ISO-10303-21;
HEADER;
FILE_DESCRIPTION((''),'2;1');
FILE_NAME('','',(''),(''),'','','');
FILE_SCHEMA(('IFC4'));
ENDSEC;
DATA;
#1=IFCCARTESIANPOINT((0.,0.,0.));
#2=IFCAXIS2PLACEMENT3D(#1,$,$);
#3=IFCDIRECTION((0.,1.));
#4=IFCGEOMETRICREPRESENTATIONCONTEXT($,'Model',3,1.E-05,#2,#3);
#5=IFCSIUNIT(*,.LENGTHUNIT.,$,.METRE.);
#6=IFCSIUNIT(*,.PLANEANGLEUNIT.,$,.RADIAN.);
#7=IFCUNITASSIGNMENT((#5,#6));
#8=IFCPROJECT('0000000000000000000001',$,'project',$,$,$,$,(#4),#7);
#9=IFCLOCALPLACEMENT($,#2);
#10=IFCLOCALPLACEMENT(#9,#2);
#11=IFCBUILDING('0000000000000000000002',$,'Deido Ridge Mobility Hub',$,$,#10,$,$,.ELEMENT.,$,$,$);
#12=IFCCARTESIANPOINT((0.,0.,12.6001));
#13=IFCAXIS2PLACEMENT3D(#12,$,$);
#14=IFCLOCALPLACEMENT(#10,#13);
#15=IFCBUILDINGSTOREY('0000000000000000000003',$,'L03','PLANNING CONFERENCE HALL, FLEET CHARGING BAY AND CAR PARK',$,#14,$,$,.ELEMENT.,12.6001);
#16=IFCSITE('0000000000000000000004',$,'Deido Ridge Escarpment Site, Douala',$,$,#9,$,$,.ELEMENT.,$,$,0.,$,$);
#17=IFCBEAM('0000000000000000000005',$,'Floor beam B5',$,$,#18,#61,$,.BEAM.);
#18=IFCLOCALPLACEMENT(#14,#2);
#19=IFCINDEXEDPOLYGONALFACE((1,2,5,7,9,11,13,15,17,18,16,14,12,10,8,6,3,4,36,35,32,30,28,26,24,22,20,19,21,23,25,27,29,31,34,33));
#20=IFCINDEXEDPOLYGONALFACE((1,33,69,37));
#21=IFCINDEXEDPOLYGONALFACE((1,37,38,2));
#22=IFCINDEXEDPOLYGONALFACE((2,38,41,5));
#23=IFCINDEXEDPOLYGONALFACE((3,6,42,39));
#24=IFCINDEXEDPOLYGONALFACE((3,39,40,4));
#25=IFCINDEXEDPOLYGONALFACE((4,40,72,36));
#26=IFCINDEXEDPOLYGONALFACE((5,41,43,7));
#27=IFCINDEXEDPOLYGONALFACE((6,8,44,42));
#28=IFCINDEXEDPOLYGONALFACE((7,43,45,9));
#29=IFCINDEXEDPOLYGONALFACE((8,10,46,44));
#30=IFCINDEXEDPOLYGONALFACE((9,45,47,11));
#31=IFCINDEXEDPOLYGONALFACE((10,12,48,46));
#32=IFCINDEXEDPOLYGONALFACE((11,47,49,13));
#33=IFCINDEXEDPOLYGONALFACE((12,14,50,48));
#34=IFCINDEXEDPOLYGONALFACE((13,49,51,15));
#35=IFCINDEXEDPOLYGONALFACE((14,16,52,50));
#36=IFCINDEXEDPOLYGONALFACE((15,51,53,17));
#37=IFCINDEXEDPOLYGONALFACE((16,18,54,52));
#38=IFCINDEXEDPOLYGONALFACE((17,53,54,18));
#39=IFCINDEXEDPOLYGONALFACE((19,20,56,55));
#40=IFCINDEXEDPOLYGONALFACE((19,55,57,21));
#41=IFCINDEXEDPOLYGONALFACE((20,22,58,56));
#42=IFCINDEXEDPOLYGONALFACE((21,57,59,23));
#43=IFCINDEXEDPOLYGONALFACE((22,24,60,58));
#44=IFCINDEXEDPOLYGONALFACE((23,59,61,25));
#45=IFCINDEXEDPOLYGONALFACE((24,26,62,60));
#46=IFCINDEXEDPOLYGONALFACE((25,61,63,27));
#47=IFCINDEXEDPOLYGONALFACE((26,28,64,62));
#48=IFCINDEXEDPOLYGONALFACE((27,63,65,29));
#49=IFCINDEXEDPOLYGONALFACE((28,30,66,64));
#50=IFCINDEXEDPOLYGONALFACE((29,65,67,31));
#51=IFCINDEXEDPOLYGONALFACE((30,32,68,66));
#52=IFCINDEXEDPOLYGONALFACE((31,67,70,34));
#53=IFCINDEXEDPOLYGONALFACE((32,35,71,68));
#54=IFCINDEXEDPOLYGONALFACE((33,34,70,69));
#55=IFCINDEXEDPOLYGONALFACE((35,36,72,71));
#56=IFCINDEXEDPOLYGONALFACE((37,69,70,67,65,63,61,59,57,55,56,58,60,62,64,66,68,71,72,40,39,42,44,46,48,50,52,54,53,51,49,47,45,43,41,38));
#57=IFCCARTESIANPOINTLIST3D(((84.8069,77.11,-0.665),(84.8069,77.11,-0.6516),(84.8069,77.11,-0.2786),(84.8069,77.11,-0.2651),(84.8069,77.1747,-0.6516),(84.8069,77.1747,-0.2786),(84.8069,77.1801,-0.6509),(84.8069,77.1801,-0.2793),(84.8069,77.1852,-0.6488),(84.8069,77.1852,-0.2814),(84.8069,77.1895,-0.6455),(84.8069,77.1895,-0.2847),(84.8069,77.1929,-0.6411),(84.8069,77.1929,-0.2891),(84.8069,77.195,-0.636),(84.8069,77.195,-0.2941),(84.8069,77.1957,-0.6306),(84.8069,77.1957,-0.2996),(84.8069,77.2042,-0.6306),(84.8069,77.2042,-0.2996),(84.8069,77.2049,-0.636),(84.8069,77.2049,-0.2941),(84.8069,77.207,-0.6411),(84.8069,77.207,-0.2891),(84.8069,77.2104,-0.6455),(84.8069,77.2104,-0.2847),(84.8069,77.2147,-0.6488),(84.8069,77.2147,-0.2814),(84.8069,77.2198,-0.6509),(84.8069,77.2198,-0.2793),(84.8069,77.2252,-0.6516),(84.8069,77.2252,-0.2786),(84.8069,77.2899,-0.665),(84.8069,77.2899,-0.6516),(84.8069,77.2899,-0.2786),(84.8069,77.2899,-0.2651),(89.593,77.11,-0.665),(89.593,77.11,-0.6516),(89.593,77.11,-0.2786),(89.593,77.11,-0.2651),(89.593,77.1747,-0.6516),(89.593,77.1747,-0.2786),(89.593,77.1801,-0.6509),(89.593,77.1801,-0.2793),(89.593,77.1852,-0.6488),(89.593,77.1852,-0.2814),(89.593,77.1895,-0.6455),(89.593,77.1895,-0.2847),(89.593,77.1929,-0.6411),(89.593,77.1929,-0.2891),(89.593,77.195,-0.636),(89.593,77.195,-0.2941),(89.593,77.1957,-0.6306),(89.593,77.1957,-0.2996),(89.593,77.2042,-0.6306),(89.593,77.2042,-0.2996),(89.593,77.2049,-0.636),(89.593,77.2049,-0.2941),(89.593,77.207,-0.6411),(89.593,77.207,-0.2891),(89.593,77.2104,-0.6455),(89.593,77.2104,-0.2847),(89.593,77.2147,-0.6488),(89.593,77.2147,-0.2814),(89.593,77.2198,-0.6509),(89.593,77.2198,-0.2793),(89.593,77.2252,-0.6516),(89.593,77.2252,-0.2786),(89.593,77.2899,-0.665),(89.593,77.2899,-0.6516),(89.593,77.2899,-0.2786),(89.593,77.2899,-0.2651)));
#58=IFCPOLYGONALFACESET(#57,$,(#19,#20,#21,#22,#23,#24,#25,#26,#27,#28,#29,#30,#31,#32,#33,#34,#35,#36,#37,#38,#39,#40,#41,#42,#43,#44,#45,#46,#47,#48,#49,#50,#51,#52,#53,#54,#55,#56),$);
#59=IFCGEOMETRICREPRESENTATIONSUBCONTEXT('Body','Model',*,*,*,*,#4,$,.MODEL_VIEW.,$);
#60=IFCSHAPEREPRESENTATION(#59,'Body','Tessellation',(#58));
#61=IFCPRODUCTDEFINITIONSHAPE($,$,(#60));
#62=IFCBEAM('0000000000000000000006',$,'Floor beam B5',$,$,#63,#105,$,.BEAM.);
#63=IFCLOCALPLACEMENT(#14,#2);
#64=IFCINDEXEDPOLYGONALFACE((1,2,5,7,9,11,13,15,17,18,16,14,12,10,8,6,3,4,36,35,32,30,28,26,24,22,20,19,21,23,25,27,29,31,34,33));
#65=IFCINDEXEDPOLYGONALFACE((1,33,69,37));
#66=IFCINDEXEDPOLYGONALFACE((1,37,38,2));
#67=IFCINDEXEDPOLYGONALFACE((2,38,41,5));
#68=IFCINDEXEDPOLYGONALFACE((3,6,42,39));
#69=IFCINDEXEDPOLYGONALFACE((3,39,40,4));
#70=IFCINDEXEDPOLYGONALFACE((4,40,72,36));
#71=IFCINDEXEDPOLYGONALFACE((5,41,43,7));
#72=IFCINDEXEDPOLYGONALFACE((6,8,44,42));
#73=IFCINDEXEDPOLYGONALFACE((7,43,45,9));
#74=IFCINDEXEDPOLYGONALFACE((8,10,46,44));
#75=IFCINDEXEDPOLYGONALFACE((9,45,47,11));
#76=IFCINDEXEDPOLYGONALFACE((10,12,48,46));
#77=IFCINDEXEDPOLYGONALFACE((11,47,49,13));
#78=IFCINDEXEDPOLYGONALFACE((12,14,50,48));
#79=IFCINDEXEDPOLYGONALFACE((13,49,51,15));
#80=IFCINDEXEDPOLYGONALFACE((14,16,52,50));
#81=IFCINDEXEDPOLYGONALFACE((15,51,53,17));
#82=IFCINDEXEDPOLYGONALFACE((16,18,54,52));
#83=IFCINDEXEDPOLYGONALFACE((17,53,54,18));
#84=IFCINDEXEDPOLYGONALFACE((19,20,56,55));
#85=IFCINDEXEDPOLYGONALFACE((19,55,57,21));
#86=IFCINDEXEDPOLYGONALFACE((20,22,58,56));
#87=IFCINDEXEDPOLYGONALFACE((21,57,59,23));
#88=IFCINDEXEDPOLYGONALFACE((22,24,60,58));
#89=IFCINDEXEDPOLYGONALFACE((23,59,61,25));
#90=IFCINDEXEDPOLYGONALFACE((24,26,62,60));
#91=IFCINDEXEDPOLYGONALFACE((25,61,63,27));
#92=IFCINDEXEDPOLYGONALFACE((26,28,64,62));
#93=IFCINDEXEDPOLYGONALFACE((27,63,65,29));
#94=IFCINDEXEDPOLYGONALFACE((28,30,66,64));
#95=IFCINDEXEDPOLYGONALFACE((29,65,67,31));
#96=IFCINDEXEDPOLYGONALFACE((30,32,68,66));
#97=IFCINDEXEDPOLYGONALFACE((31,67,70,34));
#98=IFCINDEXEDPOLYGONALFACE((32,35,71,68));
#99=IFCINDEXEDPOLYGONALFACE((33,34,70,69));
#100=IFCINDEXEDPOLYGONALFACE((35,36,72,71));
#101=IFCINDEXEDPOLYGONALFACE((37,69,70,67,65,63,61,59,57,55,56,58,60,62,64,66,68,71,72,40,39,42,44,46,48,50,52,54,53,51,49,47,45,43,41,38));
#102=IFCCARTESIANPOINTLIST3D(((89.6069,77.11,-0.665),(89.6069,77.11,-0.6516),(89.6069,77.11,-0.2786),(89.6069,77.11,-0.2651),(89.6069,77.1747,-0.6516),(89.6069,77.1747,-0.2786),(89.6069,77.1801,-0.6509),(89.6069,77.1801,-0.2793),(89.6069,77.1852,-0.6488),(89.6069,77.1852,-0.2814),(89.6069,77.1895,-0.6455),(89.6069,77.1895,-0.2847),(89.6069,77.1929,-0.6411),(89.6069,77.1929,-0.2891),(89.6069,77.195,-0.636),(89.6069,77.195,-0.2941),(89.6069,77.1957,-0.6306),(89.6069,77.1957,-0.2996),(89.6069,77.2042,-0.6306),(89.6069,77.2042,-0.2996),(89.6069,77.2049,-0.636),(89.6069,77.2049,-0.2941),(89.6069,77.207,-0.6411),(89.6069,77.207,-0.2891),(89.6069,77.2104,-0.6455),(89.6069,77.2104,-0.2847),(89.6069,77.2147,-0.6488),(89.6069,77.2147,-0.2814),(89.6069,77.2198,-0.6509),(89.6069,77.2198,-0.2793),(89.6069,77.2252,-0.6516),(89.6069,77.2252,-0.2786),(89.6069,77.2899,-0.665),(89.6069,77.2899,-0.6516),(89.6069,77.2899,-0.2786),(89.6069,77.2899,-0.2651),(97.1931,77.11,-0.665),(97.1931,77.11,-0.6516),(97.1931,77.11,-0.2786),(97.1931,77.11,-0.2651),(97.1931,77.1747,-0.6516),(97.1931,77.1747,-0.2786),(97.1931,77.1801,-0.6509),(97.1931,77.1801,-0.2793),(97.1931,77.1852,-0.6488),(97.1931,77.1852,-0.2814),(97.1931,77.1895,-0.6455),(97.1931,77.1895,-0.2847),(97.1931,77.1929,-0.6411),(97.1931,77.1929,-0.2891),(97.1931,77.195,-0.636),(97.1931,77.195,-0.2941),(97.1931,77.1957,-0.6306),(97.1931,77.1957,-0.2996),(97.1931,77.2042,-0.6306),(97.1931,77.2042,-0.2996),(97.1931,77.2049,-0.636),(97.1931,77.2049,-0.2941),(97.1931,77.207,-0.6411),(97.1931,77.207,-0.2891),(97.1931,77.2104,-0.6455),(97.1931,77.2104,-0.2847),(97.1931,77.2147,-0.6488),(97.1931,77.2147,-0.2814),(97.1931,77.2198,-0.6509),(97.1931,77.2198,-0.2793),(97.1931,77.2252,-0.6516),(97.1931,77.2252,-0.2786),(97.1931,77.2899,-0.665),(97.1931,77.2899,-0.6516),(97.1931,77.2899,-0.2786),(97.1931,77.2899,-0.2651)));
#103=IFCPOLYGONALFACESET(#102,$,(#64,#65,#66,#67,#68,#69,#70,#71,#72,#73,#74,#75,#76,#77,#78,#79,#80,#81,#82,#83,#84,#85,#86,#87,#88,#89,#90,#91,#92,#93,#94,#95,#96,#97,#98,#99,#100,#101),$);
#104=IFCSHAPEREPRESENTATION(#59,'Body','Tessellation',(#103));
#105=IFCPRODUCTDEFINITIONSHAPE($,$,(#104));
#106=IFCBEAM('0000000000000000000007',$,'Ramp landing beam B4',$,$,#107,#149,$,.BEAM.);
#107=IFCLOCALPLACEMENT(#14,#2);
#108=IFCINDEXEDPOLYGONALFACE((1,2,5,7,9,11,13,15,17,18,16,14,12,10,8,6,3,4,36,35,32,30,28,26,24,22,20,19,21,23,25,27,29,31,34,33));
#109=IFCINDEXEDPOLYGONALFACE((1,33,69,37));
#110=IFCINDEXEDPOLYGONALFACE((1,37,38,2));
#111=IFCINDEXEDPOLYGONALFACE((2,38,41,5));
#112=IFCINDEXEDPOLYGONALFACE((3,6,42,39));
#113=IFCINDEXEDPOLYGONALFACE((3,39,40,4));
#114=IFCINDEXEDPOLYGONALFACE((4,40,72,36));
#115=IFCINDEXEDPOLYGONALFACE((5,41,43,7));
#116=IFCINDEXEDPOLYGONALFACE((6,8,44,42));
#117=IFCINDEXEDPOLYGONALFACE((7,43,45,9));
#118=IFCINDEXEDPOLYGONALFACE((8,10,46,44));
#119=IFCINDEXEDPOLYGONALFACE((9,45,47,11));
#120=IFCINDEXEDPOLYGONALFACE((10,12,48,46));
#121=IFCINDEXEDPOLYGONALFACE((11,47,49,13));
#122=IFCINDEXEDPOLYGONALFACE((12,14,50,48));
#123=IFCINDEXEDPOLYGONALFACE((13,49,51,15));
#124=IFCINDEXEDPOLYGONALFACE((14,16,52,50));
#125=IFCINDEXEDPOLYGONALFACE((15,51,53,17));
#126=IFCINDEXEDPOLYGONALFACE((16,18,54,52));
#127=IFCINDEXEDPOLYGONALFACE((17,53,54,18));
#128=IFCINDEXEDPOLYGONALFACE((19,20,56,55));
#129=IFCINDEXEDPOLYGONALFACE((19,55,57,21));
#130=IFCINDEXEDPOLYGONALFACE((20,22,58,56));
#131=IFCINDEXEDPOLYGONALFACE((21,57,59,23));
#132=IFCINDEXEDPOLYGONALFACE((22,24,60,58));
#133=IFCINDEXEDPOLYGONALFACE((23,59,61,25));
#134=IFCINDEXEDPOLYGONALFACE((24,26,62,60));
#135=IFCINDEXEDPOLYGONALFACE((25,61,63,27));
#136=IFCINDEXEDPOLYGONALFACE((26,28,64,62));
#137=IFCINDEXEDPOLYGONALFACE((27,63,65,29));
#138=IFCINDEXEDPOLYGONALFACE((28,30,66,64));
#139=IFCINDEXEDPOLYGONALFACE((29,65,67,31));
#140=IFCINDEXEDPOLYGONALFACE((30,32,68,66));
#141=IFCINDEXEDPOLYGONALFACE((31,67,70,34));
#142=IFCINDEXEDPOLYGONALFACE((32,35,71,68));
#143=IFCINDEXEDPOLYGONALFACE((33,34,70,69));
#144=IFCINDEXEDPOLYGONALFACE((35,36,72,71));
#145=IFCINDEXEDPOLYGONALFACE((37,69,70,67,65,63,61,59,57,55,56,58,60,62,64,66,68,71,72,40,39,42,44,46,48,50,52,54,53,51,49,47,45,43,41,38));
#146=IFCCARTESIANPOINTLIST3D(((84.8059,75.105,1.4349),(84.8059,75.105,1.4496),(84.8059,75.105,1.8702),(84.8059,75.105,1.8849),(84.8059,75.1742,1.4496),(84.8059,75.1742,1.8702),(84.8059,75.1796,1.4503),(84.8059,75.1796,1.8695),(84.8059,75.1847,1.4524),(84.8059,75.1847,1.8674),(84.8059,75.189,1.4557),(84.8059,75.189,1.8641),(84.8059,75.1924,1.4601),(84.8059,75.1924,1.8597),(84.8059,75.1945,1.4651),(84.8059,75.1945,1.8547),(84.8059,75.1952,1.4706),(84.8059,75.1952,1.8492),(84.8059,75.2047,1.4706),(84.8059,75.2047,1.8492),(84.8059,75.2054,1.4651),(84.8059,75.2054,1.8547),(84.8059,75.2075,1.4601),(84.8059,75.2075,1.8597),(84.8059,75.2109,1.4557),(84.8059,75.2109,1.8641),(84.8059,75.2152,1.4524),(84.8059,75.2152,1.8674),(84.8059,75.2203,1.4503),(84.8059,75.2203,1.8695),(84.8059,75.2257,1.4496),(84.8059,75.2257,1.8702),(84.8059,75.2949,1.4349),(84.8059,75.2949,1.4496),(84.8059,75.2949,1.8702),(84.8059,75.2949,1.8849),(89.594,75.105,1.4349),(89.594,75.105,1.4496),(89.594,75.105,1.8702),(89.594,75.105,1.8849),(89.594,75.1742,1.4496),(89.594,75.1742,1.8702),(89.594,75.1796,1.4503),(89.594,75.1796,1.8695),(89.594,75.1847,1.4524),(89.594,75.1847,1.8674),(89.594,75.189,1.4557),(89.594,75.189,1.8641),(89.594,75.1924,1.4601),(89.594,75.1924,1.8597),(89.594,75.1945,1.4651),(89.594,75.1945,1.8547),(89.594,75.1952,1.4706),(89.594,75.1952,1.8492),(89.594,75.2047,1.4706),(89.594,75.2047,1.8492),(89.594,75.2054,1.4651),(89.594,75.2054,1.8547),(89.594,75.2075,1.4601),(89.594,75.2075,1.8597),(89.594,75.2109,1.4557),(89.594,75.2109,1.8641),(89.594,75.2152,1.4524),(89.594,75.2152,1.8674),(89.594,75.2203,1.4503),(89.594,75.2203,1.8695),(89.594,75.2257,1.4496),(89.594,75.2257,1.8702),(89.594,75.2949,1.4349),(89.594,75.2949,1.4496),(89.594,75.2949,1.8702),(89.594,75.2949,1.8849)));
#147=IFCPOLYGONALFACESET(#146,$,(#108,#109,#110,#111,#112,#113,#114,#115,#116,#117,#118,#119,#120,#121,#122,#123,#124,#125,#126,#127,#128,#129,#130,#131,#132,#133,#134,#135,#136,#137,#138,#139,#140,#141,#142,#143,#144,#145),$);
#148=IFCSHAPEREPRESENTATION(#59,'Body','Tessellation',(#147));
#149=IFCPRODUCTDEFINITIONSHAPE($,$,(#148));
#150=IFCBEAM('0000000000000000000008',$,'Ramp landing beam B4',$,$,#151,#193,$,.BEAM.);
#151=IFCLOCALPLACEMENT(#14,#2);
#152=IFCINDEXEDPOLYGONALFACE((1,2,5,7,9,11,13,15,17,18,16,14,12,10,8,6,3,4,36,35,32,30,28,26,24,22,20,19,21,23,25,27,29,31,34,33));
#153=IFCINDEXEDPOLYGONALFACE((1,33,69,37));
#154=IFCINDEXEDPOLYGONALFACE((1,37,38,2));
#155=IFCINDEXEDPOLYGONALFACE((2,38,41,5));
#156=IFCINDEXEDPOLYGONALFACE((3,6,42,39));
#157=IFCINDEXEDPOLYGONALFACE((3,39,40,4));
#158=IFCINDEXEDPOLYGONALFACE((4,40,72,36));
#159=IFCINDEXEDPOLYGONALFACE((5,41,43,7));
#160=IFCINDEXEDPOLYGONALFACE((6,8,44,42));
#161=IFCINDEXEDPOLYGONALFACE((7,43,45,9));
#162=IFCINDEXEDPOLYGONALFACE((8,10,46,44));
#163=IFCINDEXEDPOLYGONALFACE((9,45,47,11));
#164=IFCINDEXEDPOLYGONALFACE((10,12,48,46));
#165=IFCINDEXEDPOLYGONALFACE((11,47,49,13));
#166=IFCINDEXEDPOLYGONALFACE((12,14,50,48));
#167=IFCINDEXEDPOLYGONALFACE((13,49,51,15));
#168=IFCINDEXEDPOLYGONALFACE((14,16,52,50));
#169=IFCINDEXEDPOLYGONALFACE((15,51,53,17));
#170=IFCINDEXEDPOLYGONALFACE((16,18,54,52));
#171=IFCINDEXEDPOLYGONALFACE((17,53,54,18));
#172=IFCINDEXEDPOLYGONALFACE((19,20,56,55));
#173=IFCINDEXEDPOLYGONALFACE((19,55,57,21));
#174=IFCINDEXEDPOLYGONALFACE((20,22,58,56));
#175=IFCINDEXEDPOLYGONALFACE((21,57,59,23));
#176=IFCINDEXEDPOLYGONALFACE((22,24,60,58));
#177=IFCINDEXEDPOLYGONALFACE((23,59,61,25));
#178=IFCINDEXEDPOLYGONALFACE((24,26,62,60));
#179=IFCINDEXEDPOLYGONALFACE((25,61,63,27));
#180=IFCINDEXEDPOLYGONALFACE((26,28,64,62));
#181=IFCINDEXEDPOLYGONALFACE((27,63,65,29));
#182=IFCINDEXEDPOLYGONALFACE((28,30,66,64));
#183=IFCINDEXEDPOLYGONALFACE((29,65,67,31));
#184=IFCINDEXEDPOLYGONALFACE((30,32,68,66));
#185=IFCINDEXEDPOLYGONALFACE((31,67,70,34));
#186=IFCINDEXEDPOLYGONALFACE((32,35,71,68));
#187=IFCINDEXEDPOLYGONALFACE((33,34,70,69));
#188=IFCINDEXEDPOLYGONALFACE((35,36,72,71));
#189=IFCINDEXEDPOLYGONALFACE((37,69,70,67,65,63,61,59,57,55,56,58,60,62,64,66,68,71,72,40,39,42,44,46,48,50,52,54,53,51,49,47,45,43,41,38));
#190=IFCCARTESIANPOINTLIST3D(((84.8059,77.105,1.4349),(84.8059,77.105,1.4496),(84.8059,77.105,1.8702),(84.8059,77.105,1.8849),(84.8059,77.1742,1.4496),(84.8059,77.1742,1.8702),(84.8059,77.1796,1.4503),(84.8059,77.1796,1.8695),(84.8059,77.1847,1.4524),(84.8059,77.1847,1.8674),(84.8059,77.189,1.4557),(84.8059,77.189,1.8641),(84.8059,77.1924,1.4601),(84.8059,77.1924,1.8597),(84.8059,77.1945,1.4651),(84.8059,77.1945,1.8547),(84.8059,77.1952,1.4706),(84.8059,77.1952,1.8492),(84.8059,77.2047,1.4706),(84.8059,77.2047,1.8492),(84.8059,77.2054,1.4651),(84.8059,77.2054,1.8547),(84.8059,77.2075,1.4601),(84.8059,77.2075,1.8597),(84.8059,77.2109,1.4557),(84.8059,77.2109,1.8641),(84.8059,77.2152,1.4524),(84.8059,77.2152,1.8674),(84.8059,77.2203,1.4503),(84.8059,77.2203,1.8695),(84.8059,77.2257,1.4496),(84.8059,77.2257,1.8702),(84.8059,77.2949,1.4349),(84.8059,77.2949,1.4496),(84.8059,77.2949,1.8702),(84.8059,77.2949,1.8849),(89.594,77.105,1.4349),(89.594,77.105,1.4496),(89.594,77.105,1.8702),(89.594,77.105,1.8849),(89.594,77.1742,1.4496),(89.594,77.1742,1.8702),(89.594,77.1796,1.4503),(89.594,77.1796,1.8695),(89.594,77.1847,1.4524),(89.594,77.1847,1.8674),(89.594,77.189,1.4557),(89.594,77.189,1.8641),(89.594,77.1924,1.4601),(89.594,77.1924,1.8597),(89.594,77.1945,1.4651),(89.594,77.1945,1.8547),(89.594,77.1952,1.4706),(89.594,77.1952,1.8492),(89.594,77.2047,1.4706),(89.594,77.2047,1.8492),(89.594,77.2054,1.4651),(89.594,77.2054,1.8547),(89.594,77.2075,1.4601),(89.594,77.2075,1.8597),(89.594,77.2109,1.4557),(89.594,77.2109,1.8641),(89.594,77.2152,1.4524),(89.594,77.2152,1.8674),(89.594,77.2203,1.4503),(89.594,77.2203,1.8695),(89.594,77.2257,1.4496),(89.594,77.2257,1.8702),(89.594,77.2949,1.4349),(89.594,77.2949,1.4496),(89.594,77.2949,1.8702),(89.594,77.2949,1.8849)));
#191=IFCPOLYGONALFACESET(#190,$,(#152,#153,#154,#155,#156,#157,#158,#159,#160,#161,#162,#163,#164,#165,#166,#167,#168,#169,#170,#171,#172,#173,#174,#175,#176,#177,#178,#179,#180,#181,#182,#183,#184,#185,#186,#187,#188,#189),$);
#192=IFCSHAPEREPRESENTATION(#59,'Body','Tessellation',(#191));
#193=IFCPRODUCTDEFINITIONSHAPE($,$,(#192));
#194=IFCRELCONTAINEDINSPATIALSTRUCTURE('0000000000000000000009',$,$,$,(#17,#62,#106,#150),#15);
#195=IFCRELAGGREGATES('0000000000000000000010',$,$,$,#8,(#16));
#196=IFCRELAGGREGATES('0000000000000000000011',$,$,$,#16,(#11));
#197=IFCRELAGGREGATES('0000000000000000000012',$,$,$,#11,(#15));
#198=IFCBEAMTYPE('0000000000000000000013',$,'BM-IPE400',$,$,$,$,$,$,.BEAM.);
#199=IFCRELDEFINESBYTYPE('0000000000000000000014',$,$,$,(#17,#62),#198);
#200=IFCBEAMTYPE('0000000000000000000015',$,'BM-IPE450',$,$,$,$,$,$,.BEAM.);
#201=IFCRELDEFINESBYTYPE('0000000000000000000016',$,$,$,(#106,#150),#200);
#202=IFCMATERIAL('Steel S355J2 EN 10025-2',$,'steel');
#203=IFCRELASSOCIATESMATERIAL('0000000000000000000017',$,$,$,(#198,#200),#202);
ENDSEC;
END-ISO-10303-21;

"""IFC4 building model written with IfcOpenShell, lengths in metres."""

from ifc_helpers import new_model, si_unit, direction, frame, origin, origin_2d, place, context, subcontext, project, spatial, i_section, extrude, material, material_profile, profile_set, type_object, element, save


model = new_model("IFC4")

# Units and contexts
model_context = context("Model", 3, precision=1e-05, world=origin(), true_north=direction((0.0, 1.0)))
body_context = subcontext(model_context, "Body", "Model", "MODEL_VIEW")
ifc_project = project(units=[si_unit("LENGTHUNIT", "METRE"), si_unit("PLANEANGLEUNIT", "RADIAN")], contexts=[model_context])

# Site, building, storey
site_placement = place(None, origin())
site = spatial("IfcSite", under=ifc_project, at=site_placement, Name="Deido Ridge Escarpment Site, Douala", CompositionType="ELEMENT", RefElevation=0.0)
building_placement = place(site_placement, origin())
building = spatial("IfcBuilding", under=site, at=building_placement, Name="Deido Ridge Mobility Hub", CompositionType="ELEMENT")
storey_placement = place(building_placement, frame((0.0, 0.0, 12.6001)))
storey = spatial("IfcBuildingStorey", under=building, at=storey_placement, Name="L03", Description="PLANNING CONFERENCE HALL, FLEET CHARGING BAY AND CAR PARK", CompositionType="ELEMENT", Elevation=12.6001)

# Shared definitions
ifc_material_1 = material(Name="Steel S355J2 EN 10025-2", Category="steel")

# Beams
ifc_material_profile_1 = material_profile(ifc_material_1, i_section(OverallWidth=0.1799, OverallDepth=0.3999, WebThickness=0.0085, FlangeThickness=0.0134, FilletRadius=0.021, at=origin_2d()), Name="IPE 400")
ifc_profile_set_1 = profile_set([ifc_material_profile_1], Name="Steel S355J2 EN 10025-2")
beam_type_1 = type_object("IfcBeamType", Name="BM-IPE400", PredefinedType="BEAM", material=ifc_profile_set_1)
beam_1_placement = place(storey_placement, frame((84.8069, 77.2, -0.4651), z_axis=(1.0, 0.0, 0.0), x_axis=(0.0, 1.0, 0.0)))
element("IfcBeam", 1, at=beam_1_placement, inside=storey, type_object=beam_type_1, Name="Floor beam B5", PredefinedType="BEAM", context=body_context, shape_type="SweptSolid", body=[
    extrude(i_section(OverallWidth=0.1799, OverallDepth=0.3999, WebThickness=0.0085, FlangeThickness=0.0134, FilletRadius=0.021, at=origin_2d()), origin(), (0.0, 0.0, 1.0), 4.7861),
])
beam_2_placement = place(storey_placement, frame((89.6069, 77.2, -0.4651), z_axis=(1.0, 0.0, 0.0), x_axis=(0.0, 1.0, 0.0)))
element("IfcBeam", 2, at=beam_2_placement, inside=storey, type_object=beam_type_1, Name="Floor beam B5", PredefinedType="BEAM", context=body_context, shape_type="SweptSolid", body=[
    extrude(i_section(OverallWidth=0.1799, OverallDepth=0.3999, WebThickness=0.0085, FlangeThickness=0.0134, FilletRadius=0.021, at=origin_2d()), origin(), (0.0, 0.0, 1.0), 7.5862),
])
ifc_material_profile_2 = material_profile(ifc_material_1, i_section(OverallWidth=0.1899, OverallDepth=0.45, WebThickness=0.0095, FlangeThickness=0.0146, FilletRadius=0.021, at=origin_2d()), Name="IPE 450")
ifc_profile_set_2 = profile_set([ifc_material_profile_2], Name="Steel S355J2 EN 10025-2")
beam_type_2 = type_object("IfcBeamType", Name="BM-IPE450", PredefinedType="BEAM", material=ifc_profile_set_2)
for number, where, z_axis, x_axis, name in (
    (3, (84.8059, 75.2, 1.6599), (1.0, 0.0, 0.0), (0.0, 1.0, 0.0), "Ramp landing beam B4"),
    (4, (84.8059, 77.2, 1.6599), (1.0, 0.0, 0.0), (0.0, 1.0, 0.0), "Ramp landing beam B4"),
):
    element("IfcBeam", number, at=place(storey_placement, frame(where, z_axis=z_axis, x_axis=x_axis)), inside=storey, type_object=beam_type_2, Name=name, PredefinedType="BEAM", context=body_context, shape_type="SweptSolid", body=[
        extrude(i_section(OverallWidth=0.1899, OverallDepth=0.45, WebThickness=0.0095, FlangeThickness=0.0146, FilletRadius=0.021, at=origin_2d()), origin(), (0.0, 0.0, 1.0), 4.7881),
    ])

save(model, "model.ifc")
